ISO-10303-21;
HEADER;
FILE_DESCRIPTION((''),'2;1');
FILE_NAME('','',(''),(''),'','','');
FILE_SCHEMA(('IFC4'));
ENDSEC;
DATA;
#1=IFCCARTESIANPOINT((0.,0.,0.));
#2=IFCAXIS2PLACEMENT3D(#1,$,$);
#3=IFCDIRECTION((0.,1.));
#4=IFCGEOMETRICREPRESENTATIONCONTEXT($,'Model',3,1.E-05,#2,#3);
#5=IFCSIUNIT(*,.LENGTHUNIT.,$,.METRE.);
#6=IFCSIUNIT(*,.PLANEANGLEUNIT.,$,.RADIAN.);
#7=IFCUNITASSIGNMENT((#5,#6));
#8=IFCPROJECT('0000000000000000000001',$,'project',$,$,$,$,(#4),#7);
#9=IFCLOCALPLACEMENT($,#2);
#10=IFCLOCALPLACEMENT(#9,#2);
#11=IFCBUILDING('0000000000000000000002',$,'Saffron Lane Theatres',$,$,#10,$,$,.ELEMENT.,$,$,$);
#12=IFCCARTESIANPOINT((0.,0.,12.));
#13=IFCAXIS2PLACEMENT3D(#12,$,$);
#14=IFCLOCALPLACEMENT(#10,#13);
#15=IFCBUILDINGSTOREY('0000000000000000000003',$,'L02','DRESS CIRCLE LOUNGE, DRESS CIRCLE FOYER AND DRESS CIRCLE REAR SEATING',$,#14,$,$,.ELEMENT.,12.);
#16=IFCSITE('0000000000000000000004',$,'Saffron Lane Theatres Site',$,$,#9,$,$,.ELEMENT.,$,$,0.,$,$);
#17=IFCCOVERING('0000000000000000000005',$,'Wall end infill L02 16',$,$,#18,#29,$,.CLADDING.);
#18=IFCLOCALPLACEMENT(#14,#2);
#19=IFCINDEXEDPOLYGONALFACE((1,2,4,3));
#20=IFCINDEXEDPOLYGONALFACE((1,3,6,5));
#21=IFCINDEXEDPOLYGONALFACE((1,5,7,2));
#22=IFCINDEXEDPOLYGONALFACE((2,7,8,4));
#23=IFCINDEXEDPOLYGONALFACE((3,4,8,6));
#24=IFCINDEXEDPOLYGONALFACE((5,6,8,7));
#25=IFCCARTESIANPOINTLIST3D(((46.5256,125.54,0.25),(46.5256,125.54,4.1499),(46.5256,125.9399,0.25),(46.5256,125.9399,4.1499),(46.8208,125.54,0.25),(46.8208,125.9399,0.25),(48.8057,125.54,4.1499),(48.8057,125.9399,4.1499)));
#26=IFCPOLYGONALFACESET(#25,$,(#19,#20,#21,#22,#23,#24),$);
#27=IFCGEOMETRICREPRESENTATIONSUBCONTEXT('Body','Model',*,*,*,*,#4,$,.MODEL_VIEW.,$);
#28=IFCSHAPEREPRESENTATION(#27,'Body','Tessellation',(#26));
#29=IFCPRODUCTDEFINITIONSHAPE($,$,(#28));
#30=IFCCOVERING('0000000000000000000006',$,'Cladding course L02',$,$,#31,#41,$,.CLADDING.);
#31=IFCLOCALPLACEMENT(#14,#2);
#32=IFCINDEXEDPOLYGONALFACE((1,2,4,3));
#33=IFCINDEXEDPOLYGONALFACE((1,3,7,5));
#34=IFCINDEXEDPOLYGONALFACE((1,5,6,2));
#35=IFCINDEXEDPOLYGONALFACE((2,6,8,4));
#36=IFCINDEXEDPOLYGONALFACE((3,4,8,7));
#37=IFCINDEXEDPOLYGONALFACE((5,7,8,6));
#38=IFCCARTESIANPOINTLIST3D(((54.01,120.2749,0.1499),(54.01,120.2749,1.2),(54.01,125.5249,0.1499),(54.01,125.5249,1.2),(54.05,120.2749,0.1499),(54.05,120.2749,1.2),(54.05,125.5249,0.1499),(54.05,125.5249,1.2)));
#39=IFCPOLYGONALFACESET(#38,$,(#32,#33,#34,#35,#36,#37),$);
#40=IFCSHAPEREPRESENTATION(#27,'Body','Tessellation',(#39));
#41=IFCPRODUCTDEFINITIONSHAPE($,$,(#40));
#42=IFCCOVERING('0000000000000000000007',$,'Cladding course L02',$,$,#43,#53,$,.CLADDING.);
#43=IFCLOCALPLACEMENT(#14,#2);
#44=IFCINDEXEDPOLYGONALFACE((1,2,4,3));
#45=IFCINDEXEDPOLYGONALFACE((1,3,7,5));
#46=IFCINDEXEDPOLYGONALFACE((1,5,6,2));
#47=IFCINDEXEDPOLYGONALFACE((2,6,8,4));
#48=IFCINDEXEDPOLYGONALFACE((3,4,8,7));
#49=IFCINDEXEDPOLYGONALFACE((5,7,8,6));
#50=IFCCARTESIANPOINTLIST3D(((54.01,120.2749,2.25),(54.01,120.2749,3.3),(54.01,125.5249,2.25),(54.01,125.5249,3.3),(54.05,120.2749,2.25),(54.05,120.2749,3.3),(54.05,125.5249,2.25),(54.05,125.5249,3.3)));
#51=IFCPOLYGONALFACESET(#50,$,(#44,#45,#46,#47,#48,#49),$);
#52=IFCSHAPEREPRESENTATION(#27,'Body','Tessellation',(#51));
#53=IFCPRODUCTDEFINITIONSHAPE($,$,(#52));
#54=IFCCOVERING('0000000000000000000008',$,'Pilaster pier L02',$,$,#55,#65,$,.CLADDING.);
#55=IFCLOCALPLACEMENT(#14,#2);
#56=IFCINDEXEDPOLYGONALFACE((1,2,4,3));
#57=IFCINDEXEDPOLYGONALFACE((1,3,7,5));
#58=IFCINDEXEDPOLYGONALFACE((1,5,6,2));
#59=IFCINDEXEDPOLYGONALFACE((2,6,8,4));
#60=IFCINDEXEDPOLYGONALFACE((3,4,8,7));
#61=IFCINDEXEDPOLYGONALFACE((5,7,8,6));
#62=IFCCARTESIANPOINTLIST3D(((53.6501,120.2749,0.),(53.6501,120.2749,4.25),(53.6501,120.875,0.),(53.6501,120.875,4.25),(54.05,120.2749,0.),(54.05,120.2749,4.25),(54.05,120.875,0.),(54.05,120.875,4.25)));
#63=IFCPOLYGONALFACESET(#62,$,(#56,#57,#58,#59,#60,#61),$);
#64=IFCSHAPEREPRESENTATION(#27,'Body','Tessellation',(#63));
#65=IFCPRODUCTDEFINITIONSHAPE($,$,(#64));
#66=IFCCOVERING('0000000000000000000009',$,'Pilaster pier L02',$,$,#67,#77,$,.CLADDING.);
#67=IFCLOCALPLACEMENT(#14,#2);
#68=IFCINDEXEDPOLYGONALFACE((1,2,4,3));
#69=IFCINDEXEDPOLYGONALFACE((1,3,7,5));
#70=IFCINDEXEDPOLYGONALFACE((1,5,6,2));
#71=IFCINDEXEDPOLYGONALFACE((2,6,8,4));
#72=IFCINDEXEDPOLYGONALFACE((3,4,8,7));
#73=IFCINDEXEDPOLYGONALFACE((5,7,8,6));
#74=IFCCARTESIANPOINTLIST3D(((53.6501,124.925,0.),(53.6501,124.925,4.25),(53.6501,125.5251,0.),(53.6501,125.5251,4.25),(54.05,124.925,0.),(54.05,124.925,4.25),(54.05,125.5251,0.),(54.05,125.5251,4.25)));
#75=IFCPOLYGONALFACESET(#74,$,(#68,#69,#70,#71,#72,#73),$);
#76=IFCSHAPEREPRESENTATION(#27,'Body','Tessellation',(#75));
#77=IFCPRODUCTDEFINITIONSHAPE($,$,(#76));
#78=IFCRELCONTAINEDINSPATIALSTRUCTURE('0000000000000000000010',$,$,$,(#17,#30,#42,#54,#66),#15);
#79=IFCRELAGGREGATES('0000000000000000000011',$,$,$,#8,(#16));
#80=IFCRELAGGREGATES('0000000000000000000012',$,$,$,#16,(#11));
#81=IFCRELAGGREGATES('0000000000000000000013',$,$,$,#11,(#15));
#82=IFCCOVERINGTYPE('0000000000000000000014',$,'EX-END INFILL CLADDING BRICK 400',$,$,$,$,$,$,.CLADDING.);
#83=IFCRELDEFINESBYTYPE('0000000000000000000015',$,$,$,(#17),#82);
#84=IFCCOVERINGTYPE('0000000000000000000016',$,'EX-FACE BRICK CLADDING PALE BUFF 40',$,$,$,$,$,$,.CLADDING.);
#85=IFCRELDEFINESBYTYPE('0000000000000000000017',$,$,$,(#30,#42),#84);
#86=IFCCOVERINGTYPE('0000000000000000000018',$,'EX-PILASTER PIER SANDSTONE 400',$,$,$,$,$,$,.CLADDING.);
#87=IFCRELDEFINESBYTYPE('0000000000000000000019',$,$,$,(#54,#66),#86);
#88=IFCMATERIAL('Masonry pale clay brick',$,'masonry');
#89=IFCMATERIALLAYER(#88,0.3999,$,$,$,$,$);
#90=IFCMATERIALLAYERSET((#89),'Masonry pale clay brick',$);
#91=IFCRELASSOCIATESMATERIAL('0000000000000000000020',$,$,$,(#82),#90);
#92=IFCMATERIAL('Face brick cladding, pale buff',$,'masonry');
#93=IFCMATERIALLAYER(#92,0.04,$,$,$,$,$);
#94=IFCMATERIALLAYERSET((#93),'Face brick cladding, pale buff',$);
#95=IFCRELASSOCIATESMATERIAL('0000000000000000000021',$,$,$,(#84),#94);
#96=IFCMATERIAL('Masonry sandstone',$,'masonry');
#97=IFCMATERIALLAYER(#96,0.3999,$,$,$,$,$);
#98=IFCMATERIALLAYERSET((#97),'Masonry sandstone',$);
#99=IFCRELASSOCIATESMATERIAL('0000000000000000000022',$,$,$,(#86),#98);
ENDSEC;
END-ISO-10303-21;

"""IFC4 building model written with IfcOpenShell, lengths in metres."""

from ifc_helpers import new_model, si_unit, direction, frame, origin, origin_2d, place, context, subcontext, project, spatial, polyline, rectangle, outline, extrude, material, layer, layer_set, type_object, element, save


model = new_model("IFC4")

# Units and contexts
model_context = context("Model", 3, precision=1e-05, world=origin(), true_north=direction((0.0, 1.0)))
body_context = subcontext(model_context, "Body", "Model", "MODEL_VIEW")
ifc_project = project(units=[si_unit("LENGTHUNIT", "METRE"), si_unit("PLANEANGLEUNIT", "RADIAN")], contexts=[model_context])

# Site, building, storey
site_placement = place(None, origin())
site = spatial("IfcSite", under=ifc_project, at=site_placement, Name="Saffron Lane Theatres Site", CompositionType="ELEMENT", RefElevation=0.0)
building_placement = place(site_placement, origin())
building = spatial("IfcBuilding", under=site, at=building_placement, Name="Saffron Lane Theatres", CompositionType="ELEMENT")
storey_placement = place(building_placement, frame((0.0, 0.0, 12.0)))
storey = spatial("IfcBuildingStorey", under=building, at=storey_placement, Name="L02", Description="DRESS CIRCLE LOUNGE, DRESS CIRCLE FOYER AND DRESS CIRCLE REAR SEATING", CompositionType="ELEMENT", Elevation=12.0)

# Coverings
ifc_material_1 = material(Name="Masonry pale clay brick", Category="masonry")
ifc_layer_1 = layer(ifc_material_1, 0.3999)
ifc_layer_set_1 = layer_set([ifc_layer_1], Name="Masonry pale clay brick")
covering_type_1 = type_object("IfcCoveringType", Name="EX-END INFILL CLADDING BRICK 400", PredefinedType="CLADDING", material=ifc_layer_set_1)
covering_1_placement = place(storey_placement, frame((46.5256, 125.9399, 0.25), z_axis=(0.0, 1.0, 0.0), x_axis=(0.0, 0.0, 1.0)))
element("IfcCovering", 1, at=covering_1_placement, inside=storey, type_object=covering_type_1, Name="Wall end infill L02 16", PredefinedType="CLADDING", context=body_context, shape_type="SweptSolid", body=[
    extrude(outline(polyline([(0.0, 0.0), (3.8999, 0.0), (3.8999, 2.28), (0.0, 0.2952), (0.0, 0.0)])), origin(), (0.0, 0.0, -1.0), 0.3999),
])
ifc_material_2 = material(Name="Face brick cladding, pale buff", Category="masonry")
ifc_layer_2 = layer(ifc_material_2, 0.04)
ifc_layer_set_2 = layer_set([ifc_layer_2], Name="Face brick cladding, pale buff")
covering_type_2 = type_object("IfcCoveringType", Name="EX-FACE BRICK CLADDING PALE BUFF 40", PredefinedType="CLADDING", material=ifc_layer_set_2)
for number, where, z_axis, x_axis, name in (
    (2, (54.03, 122.8999, 0.1499), (0.0, 0.0, 1.0), (0.0, 1.0, 0.0), "Cladding course L02"),
    (3, (54.03, 122.8999, 2.25), (0.0, 0.0, 1.0), (0.0, 1.0, 0.0), "Cladding course L02"),
):
    element("IfcCovering", number, at=place(storey_placement, frame(where, z_axis=z_axis, x_axis=x_axis)), inside=storey, type_object=covering_type_2, Name=name, PredefinedType="CLADDING", context=body_context, shape_type="SweptSolid", body=[
        extrude(rectangle(XDim=5.25, YDim=0.04, at=origin_2d()), origin(), (0.0, 0.0, 1.0), 1.05),
    ])
ifc_material_3 = material(Name="Masonry sandstone", Category="masonry")
ifc_layer_3 = layer(ifc_material_3, 0.3999)
ifc_layer_set_3 = layer_set([ifc_layer_3], Name="Masonry sandstone")
covering_type_3 = type_object("IfcCoveringType", Name="EX-PILASTER PIER SANDSTONE 400", PredefinedType="CLADDING", material=ifc_layer_set_3)
for number, where, z_axis, x_axis, name in (
    (4, (53.8501, 120.575, 0.0), (0.0, 0.0, 1.0), (0.0, 1.0, 0.0), "Pilaster pier L02"),
    (5, (53.8501, 125.2251, 0.0), (0.0, 0.0, 1.0), (0.0, 1.0, 0.0), "Pilaster pier L02"),
):
    element("IfcCovering", number, at=place(storey_placement, frame(where, z_axis=z_axis, x_axis=x_axis)), inside=storey, type_object=covering_type_3, Name=name, PredefinedType="CLADDING", context=body_context, shape_type="SweptSolid", body=[
        extrude(rectangle(XDim=0.6001, YDim=0.3999, at=origin_2d()), origin(), (0.0, 0.0, 1.0), 4.25),
    ])

save(model, "model.ifc")
